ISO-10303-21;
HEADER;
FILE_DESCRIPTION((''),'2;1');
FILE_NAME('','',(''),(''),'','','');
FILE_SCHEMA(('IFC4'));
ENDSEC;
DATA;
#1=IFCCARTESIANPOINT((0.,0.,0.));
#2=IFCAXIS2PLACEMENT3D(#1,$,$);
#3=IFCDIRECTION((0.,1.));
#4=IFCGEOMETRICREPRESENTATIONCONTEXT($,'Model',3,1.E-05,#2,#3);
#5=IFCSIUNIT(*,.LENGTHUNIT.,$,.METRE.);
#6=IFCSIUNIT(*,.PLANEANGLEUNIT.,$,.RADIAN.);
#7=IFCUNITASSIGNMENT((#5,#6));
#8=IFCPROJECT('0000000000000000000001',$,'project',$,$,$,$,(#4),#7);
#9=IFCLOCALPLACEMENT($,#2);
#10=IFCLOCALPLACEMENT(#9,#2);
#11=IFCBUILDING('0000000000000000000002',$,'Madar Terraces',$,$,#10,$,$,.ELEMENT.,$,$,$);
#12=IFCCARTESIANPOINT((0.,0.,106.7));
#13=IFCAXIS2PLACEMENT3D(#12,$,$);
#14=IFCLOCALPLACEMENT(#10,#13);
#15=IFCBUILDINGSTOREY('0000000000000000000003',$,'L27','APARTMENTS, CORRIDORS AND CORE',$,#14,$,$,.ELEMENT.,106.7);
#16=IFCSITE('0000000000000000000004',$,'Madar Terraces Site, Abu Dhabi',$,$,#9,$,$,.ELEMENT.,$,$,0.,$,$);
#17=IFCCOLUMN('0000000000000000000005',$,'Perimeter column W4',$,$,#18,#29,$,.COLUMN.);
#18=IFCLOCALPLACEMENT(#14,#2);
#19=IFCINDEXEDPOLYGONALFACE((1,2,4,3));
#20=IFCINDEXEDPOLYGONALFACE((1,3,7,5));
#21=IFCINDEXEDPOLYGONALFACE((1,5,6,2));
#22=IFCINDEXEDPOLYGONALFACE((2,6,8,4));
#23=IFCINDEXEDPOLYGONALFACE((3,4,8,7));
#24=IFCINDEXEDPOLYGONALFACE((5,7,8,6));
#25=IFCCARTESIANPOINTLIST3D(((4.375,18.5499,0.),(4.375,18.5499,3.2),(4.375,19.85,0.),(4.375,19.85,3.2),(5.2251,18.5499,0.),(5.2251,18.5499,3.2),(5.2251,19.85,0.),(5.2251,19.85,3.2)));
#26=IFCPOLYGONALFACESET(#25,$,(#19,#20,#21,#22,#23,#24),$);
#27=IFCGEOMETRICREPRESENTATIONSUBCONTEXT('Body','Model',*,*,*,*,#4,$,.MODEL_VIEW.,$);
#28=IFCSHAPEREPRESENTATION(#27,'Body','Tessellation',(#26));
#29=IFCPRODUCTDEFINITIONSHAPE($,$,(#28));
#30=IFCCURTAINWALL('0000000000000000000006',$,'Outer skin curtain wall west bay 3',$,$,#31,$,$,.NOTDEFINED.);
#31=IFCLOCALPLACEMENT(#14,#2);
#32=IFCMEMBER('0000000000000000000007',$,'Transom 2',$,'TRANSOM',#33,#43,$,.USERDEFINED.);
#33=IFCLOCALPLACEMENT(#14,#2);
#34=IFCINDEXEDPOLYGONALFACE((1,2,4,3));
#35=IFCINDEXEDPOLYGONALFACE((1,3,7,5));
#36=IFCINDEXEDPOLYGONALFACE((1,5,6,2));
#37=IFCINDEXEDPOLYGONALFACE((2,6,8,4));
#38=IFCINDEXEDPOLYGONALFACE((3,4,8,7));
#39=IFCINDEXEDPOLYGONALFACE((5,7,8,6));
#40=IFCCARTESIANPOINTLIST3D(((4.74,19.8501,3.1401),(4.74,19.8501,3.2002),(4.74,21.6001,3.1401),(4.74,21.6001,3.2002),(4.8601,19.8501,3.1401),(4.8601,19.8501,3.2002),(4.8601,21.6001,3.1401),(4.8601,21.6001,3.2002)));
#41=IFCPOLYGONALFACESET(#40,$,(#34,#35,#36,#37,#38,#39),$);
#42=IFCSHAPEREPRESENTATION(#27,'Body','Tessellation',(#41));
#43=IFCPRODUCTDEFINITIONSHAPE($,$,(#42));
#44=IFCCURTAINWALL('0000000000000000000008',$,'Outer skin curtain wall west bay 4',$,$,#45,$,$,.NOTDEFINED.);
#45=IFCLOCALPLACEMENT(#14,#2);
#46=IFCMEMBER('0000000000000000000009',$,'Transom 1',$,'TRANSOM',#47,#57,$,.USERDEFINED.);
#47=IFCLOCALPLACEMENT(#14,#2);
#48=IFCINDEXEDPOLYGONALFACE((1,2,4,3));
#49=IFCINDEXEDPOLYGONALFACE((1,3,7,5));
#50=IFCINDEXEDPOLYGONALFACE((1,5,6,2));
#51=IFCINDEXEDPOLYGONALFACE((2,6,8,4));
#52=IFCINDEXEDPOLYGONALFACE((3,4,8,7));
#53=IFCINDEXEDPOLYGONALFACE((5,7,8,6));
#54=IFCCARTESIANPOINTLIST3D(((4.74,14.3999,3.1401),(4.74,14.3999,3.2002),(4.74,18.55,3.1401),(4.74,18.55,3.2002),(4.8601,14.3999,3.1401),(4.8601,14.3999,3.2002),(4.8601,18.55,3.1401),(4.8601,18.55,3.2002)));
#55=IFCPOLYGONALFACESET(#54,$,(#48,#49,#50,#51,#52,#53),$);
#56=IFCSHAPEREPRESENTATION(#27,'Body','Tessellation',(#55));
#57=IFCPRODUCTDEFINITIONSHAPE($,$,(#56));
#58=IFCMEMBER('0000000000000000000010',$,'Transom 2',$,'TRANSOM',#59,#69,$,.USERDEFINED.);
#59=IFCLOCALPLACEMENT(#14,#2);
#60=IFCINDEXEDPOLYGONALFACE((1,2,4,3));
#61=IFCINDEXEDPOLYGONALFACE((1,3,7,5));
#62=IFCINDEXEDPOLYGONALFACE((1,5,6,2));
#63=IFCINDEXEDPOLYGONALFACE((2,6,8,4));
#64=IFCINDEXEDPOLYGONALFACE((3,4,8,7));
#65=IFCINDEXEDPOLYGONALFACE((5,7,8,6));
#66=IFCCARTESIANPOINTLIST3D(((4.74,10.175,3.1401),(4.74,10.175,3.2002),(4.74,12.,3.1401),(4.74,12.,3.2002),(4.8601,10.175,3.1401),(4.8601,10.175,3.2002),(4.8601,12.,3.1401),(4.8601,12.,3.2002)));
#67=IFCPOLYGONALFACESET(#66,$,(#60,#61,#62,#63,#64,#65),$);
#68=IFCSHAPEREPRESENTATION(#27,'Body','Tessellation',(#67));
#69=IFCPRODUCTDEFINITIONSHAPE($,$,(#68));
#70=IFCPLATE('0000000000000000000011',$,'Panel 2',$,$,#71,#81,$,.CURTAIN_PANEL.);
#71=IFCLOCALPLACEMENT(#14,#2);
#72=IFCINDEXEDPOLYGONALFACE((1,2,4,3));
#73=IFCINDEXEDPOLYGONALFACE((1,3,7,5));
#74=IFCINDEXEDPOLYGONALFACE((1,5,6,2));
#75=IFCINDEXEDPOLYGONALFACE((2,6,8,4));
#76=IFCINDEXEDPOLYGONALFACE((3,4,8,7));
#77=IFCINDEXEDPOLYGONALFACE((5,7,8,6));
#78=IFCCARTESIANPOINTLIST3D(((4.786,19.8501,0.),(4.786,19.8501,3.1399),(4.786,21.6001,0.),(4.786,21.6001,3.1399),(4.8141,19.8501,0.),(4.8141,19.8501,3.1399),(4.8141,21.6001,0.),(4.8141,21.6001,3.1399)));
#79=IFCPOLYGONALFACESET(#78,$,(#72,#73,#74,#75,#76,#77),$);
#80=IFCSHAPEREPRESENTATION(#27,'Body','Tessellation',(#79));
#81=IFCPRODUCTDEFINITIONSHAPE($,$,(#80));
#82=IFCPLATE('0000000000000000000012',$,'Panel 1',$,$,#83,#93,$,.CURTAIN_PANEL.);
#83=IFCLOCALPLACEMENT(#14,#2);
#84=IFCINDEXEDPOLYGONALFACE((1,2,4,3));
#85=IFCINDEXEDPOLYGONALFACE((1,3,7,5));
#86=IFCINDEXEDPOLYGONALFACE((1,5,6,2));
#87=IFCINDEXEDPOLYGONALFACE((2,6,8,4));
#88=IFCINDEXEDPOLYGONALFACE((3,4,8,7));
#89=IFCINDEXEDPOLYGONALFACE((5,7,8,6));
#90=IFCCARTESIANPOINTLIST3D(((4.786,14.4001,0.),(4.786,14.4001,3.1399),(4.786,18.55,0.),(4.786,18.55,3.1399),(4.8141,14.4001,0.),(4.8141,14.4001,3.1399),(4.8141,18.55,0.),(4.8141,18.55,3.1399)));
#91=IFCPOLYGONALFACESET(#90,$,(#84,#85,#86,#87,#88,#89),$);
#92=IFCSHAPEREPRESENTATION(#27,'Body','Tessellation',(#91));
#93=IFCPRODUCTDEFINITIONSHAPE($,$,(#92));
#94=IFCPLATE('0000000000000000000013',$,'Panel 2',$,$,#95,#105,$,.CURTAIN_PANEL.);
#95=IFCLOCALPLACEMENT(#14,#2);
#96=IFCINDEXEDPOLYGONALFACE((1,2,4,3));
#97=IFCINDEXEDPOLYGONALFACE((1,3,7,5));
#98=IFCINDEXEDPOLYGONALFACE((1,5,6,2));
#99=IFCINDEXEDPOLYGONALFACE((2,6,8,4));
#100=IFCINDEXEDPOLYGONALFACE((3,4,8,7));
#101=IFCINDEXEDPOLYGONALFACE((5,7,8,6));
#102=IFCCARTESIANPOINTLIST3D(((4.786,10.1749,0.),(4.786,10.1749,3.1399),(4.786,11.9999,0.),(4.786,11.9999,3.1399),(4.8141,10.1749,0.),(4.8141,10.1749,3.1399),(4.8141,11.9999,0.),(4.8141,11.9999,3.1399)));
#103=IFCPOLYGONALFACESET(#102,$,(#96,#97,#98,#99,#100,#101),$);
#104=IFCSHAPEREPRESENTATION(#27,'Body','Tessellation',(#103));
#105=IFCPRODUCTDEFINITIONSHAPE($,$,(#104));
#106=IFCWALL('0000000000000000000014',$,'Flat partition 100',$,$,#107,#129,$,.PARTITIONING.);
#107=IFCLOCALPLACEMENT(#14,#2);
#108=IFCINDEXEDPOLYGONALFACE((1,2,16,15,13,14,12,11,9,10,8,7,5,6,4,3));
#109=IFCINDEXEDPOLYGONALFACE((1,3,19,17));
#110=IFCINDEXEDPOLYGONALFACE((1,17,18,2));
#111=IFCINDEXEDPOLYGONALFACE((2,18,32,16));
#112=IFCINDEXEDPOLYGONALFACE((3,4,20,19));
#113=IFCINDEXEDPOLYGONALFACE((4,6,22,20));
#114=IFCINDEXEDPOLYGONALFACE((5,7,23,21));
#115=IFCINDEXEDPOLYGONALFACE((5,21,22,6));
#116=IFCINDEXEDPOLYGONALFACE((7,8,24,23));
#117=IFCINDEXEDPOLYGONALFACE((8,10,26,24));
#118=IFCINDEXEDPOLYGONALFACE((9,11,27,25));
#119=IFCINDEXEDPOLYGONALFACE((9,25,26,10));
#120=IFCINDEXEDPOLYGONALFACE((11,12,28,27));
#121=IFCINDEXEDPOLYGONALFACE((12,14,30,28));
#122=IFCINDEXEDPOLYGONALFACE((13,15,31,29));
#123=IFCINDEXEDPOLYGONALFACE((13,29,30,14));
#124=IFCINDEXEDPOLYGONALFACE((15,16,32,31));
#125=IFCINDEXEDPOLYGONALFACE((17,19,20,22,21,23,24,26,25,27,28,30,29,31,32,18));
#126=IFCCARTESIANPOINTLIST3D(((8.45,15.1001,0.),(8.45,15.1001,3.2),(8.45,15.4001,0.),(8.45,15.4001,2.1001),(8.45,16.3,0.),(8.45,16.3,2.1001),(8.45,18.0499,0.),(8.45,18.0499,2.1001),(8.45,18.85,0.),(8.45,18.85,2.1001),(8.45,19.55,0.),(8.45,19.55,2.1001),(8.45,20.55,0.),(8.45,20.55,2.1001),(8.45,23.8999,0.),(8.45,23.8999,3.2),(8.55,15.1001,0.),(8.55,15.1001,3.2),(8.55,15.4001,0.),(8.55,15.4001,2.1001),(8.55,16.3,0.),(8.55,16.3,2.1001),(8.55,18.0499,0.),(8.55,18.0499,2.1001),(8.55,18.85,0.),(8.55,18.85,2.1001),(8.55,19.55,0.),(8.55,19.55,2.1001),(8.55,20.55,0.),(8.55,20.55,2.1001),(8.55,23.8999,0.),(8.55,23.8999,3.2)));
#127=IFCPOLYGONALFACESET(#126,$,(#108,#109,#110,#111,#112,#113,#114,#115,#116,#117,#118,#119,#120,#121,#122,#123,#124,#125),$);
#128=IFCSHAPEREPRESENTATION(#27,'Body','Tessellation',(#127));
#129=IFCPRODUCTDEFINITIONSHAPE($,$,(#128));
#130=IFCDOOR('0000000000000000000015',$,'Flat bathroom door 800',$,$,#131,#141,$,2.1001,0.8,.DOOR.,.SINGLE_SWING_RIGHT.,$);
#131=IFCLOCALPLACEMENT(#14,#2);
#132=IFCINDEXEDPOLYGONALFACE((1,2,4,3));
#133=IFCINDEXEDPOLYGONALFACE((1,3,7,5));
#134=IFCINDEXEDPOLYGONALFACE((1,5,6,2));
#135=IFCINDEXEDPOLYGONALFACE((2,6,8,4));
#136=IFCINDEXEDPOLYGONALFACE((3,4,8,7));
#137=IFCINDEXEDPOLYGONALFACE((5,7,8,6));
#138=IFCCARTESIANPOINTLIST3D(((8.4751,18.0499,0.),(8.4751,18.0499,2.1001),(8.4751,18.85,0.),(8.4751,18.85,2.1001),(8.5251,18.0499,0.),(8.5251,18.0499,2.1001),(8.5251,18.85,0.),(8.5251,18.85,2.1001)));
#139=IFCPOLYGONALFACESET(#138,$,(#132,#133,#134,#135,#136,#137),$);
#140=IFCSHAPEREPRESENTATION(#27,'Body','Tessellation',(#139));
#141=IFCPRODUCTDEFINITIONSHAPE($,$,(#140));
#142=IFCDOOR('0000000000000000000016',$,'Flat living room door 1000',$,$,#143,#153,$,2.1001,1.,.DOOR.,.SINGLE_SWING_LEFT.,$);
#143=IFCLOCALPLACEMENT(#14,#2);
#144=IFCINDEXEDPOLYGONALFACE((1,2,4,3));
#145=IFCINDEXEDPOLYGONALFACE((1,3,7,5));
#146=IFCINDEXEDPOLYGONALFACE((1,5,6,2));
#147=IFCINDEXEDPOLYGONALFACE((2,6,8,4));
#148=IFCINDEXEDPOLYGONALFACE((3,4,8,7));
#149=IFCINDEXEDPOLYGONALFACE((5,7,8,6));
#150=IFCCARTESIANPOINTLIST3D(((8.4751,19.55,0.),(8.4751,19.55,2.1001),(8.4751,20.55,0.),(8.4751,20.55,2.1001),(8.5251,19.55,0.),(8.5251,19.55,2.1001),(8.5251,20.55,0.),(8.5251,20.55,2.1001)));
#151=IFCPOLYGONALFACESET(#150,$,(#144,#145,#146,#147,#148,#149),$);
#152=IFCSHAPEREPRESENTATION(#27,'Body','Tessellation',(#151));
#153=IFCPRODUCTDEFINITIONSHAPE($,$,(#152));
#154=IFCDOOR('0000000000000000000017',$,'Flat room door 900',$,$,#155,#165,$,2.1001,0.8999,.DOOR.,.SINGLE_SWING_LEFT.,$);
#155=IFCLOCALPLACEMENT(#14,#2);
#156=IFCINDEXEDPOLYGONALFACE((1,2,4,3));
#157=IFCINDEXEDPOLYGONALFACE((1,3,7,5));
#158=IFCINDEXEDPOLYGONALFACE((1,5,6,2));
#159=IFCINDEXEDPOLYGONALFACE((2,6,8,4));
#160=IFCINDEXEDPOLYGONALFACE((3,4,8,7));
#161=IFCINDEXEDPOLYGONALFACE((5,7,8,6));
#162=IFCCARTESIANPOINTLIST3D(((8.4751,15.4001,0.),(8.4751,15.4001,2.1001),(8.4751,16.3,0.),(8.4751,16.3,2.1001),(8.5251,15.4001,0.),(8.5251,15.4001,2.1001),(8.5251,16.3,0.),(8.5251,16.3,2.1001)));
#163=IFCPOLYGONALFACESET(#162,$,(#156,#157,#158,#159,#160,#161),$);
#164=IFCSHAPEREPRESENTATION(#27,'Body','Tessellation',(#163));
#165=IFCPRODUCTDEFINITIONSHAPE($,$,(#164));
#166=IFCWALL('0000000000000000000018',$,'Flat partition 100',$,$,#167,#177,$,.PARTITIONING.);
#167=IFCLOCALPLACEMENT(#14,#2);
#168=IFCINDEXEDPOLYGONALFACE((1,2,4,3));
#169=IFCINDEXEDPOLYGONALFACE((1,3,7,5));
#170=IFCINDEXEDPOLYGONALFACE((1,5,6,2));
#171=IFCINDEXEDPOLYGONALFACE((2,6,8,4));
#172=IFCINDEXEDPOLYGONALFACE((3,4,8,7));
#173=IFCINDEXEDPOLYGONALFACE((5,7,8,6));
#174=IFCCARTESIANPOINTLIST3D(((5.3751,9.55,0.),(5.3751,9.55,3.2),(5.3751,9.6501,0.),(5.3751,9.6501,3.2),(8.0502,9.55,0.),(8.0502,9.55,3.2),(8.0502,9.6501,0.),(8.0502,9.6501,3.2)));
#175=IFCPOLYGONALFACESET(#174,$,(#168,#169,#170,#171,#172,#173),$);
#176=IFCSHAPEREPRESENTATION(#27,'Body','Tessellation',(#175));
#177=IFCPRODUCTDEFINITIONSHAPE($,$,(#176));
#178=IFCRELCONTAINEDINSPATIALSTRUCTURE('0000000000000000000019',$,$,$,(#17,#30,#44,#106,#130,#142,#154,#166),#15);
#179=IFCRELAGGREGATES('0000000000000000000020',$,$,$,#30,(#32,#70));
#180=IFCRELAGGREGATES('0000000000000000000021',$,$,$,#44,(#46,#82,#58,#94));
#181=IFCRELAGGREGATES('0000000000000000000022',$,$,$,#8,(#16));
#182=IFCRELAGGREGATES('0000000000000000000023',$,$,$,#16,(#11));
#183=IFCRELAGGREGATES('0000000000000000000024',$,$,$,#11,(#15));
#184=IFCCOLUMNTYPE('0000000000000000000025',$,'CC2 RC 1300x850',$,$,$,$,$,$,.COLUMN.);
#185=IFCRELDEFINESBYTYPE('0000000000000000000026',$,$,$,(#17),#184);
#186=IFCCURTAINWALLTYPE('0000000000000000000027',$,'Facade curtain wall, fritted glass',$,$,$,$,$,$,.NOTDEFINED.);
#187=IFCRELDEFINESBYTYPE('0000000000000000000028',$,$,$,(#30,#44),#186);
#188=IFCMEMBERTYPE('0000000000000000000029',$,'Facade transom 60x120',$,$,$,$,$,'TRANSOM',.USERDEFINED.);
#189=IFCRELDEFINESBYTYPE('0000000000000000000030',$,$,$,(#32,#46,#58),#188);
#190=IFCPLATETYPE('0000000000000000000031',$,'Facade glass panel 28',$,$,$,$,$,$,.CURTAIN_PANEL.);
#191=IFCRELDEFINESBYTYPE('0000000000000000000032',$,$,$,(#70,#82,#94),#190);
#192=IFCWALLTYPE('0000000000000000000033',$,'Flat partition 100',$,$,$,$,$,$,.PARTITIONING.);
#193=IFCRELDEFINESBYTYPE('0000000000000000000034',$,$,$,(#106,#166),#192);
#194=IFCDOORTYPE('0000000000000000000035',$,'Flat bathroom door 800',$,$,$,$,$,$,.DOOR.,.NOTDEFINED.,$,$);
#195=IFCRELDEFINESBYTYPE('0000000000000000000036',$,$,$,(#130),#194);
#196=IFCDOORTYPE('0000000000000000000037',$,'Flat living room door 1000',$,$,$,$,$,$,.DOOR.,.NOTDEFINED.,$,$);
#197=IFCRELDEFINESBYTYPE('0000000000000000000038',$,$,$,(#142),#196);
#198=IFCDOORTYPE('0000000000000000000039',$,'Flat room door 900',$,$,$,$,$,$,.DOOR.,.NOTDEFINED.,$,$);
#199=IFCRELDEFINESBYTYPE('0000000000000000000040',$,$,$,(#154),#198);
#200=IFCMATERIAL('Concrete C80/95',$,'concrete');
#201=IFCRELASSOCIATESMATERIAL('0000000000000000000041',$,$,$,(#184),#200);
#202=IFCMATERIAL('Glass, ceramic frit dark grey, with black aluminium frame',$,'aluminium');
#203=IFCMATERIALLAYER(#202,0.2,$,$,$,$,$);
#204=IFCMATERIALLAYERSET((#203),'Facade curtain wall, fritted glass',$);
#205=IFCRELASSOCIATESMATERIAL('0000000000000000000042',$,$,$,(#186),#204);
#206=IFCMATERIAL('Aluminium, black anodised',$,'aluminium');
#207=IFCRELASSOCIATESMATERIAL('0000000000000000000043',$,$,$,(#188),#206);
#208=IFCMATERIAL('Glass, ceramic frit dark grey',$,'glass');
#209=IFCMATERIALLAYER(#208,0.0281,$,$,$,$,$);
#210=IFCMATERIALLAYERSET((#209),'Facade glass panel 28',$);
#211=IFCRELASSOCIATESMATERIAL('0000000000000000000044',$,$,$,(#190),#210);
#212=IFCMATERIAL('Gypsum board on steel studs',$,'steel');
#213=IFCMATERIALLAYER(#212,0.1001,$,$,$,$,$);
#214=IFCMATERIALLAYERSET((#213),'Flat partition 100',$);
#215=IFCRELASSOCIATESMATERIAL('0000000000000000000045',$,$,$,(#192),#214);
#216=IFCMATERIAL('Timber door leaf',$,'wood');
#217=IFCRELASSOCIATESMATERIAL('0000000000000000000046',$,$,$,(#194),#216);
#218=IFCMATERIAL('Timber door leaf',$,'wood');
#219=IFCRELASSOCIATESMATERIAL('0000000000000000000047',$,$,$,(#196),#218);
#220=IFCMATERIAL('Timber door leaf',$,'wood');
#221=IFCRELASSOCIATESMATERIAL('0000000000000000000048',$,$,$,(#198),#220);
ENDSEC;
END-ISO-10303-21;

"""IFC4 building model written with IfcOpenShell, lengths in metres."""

from ifc_helpers import new_model, si_unit, direction, frame, frame_2d, origin, origin_2d, place, context, subcontext, project, spatial, rectangle, extrude, material, layer, layer_set, material_profile, profile_set, type_object, element, fill, aggregate, save


model = new_model("IFC4")

# Units and contexts
model_context = context("Model", 3, precision=1e-05, world=origin(), true_north=direction((0.0, 1.0)))
body_context = subcontext(model_context, "Body", "Model", "MODEL_VIEW")
ifc_project = project(units=[si_unit("LENGTHUNIT", "METRE"), si_unit("PLANEANGLEUNIT", "RADIAN")], contexts=[model_context])

# Site, building, storey
site_placement = place(None, origin())
site = spatial("IfcSite", under=ifc_project, at=site_placement, Name="Madar Terraces Site, Abu Dhabi", CompositionType="ELEMENT", RefElevation=0.0)
building_placement = place(site_placement, origin())
building = spatial("IfcBuilding", under=site, at=building_placement, Name="Madar Terraces", CompositionType="ELEMENT")
storey_placement = place(building_placement, frame((0.0, 0.0, 106.7)))
storey = spatial("IfcBuildingStorey", under=building, at=storey_placement, Name="L27", Description="APARTMENTS, CORRIDORS AND CORE", CompositionType="ELEMENT", Elevation=106.7)

# Column
ifc_material_1 = material(Name="Concrete C80/95", Category="concrete")
ifc_material_profile_1 = material_profile(ifc_material_1, rectangle(XDim=1.3, YDim=0.8501, at=origin_2d()), Name="CC2 RC 1300x850")
ifc_profile_set_1 = profile_set([ifc_material_profile_1], Name="Concrete C80/95")
column_type = type_object("IfcColumnType", Name="CC2 RC 1300x850", PredefinedType="COLUMN", material=ifc_profile_set_1)
column_placement = place(storey_placement, frame((4.8, 19.2, 0.0), z_axis=(0.0, 0.0, 1.0), x_axis=(0.0, 1.0, 0.0)))
element("IfcColumn", 1, at=column_placement, inside=storey, type_object=column_type, Name="Perimeter column W4", PredefinedType="COLUMN", context=body_context, shape_type="SweptSolid", body=[
    extrude(rectangle(XDim=1.3, YDim=0.8501, at=origin_2d()), origin(), (0.0, 0.0, 1.0), 3.2),
])

# Curtain wall, member
ifc_material_2 = material(Name="Glass, ceramic frit dark grey, with black aluminium frame", Category="aluminium")
ifc_layer_1 = layer(ifc_material_2, 0.2)
ifc_layer_set_1 = layer_set([ifc_layer_1], Name="Facade curtain wall, fritted glass")
curtain_wall_type = type_object("IfcCurtainWallType", Name="Facade curtain wall, fritted glass", PredefinedType="NOTDEFINED", material=ifc_layer_set_1)
curtain_wall_1_placement = place(storey_placement, origin())
curtain_wall_1 = element("IfcCurtainWall", 2, at=curtain_wall_1_placement, inside=storey, type_object=curtain_wall_type, Name="Outer skin curtain wall west bay 3", PredefinedType="NOTDEFINED")
ifc_material_3 = material(Name="Aluminium, black anodised", Category="aluminium")
ifc_material_profile_2 = material_profile(ifc_material_3, rectangle(XDim=0.1201, YDim=0.0601, at=origin_2d()), Name="Facade transom 60x120")
ifc_profile_set_2 = profile_set([ifc_material_profile_2], Name="Aluminium, black anodised")
member_type = type_object("IfcMemberType", Name="Facade transom 60x120", ElementType="TRANSOM", PredefinedType="USERDEFINED", material=ifc_profile_set_2)
member_1_placement = place(storey_placement, frame((4.8, 21.6001, 3.1702), z_axis=(0.0, -1.0, 0.0), x_axis=(1.0, 0.0, 0.0)))
member_1 = element("IfcMember", 3, at=member_1_placement, type_object=member_type, Name="Transom 2", ObjectType="TRANSOM", PredefinedType="USERDEFINED", context=body_context, shape_type="SweptSolid", body=[
    extrude(rectangle(XDim=0.1201, YDim=0.0601, at=origin_2d()), origin(), (0.0, 0.0, 1.0), 1.75),
])

# Curtain wall, members
curtain_wall_2_placement = place(storey_placement, origin())
curtain_wall_2 = element("IfcCurtainWall", 4, at=curtain_wall_2_placement, inside=storey, type_object=curtain_wall_type, Name="Outer skin curtain wall west bay 4", PredefinedType="NOTDEFINED")
member_2_placement = place(storey_placement, frame((4.8, 18.55, 3.1702), z_axis=(0.0, -1.0, 0.0), x_axis=(1.0, 0.0, 0.0)))
member_2 = element("IfcMember", 5, at=member_2_placement, type_object=member_type, Name="Transom 1", ObjectType="TRANSOM", PredefinedType="USERDEFINED", context=body_context, shape_type="SweptSolid", body=[
    extrude(rectangle(XDim=0.1201, YDim=0.0601, at=origin_2d()), origin(), (0.0, 0.0, 1.0), 4.1501),
])
member_3_placement = place(storey_placement, frame((4.8, 12.0, 3.1702), z_axis=(0.0, -1.0, 0.0), x_axis=(1.0, 0.0, 0.0)))
member_3 = element("IfcMember", 6, at=member_3_placement, type_object=member_type, Name="Transom 2", ObjectType="TRANSOM", PredefinedType="USERDEFINED", context=body_context, shape_type="SweptSolid", body=[
    extrude(rectangle(XDim=0.1201, YDim=0.0601, at=origin_2d()), origin(), (0.0, 0.0, 1.0), 1.825),
])

# Plates
ifc_material_4 = material(Name="Glass, ceramic frit dark grey", Category="glass")
ifc_layer_2 = layer(ifc_material_4, 0.0281)
ifc_layer_set_2 = layer_set([ifc_layer_2], Name="Facade glass panel 28")
plate_type = type_object("IfcPlateType", Name="Facade glass panel 28", PredefinedType="CURTAIN_PANEL", material=ifc_layer_set_2)
plate_1_placement = place(storey_placement, frame((4.8, 20.7251, 0.0), z_axis=(0.0, 0.0, 1.0), x_axis=(0.0, -1.0, 0.0)))
plate_1 = element("IfcPlate", 7, at=plate_1_placement, type_object=plate_type, Name="Panel 2", PredefinedType="CURTAIN_PANEL", context=body_context, shape_type="SweptSolid", body=[
    extrude(rectangle(XDim=1.75, YDim=0.0281, at=origin_2d()), origin(), (0.0, 0.0, 1.0), 3.1399),
])
aggregate(curtain_wall_1, [member_1, plate_1])
plate_2_placement = place(storey_placement, frame((4.8, 16.4751, 0.0), z_axis=(0.0, 0.0, 1.0), x_axis=(0.0, -1.0, 0.0)))
plate_2 = element("IfcPlate", 8, at=plate_2_placement, type_object=plate_type, Name="Panel 1", PredefinedType="CURTAIN_PANEL", context=body_context, shape_type="SweptSolid", body=[
    extrude(rectangle(XDim=4.1499, YDim=0.0281, at=origin_2d()), origin(), (0.0, 0.0, 1.0), 3.1399),
])
plate_3_placement = place(storey_placement, frame((4.8, 11.0874, 0.0), z_axis=(0.0, 0.0, 1.0), x_axis=(0.0, -1.0, 0.0)))
plate_3 = element("IfcPlate", 9, at=plate_3_placement, type_object=plate_type, Name="Panel 2", PredefinedType="CURTAIN_PANEL", context=body_context, shape_type="SweptSolid", body=[
    extrude(rectangle(XDim=1.825, YDim=0.0281, at=origin_2d()), origin(), (0.0, 0.0, 1.0), 3.1399),
])
aggregate(curtain_wall_2, [member_2, plate_2, member_3, plate_3])

# Wall, openings, doors
ifc_material_5 = material(Name="Gypsum board on steel studs", Category="steel")
ifc_layer_3 = layer(ifc_material_5, 0.1001)
ifc_layer_set_3 = layer_set([ifc_layer_3], Name="Flat partition 100")
wall_type_1 = type_object("IfcWallType", Name="Flat partition 100", PredefinedType="PARTITIONING", material=ifc_layer_set_3)
wall_1_placement = place(storey_placement, frame((8.5, 15.1001, 0.0), z_axis=(0.0, 0.0, 1.0), x_axis=(0.0, 1.0, 0.0)))
wall_1 = element("IfcWall", 10, at=wall_1_placement, inside=storey, type_object=wall_type_1, Name="Flat partition 100", PredefinedType="PARTITIONING", context=body_context, shape_type="SweptSolid", body=[
    extrude(rectangle(XDim=8.7998, YDim=0.1001, at=frame_2d((4.3999, 0.0))), origin(), (0.0, 0.0, 1.0), 3.2),
])
opening_1_placement = place(wall_1_placement, frame((4.45, 0.0, 0.0)))
opening_1 = element("IfcOpeningElement", 11, at=opening_1_placement, cuts=wall_1, PredefinedType="OPENING", context=body_context, shape_type="SweptSolid", body=[
    extrude(rectangle(XDim=1.0, YDim=2.1001, at=frame_2d((0.5, 1.05))), frame((0.0, 0.0601, 0.0), z_axis=(0.0, -1.0, 0.0), x_axis=(1.0, 0.0, 0.0)), (0.0, 0.0, 1.0), 0.1201),
])
opening_2_placement = place(wall_1_placement, frame((2.95, 0.0, 0.0)))
opening_2 = element("IfcOpeningElement", 12, at=opening_2_placement, cuts=wall_1, PredefinedType="OPENING", context=body_context, shape_type="SweptSolid", body=[
    extrude(rectangle(XDim=0.8, YDim=2.1001, at=frame_2d((0.3999, 1.05))), frame((0.0, 0.0601, 0.0), z_axis=(0.0, -1.0, 0.0), x_axis=(1.0, 0.0, 0.0)), (0.0, 0.0, 1.0), 0.1201),
])
opening_3_placement = place(wall_1_placement, frame((0.3, 0.0, 0.0)))
opening_3 = element("IfcOpeningElement", 13, at=opening_3_placement, cuts=wall_1, PredefinedType="OPENING", context=body_context, shape_type="SweptSolid", body=[
    extrude(rectangle(XDim=0.8999, YDim=2.1001, at=frame_2d((0.45, 1.05))), frame((0.0, 0.0601, 0.0), z_axis=(0.0, -1.0, 0.0), x_axis=(1.0, 0.0, 0.0)), (0.0, 0.0, 1.0), 0.1201),
])
ifc_material_6 = material(Name="Timber door leaf", Category="wood")
door_type_1 = type_object("IfcDoorType", Name="Flat bathroom door 800", OperationType="NOTDEFINED", PredefinedType="DOOR", material=ifc_material_6)
door_1_placement = place(opening_2_placement, origin())
door_1 = element("IfcDoor", 14, at=door_1_placement, inside=storey, type_object=door_type_1, Name="Flat bathroom door 800", OperationType="SINGLE_SWING_RIGHT", OverallHeight=2.1001, OverallWidth=0.8, PredefinedType="DOOR", context=body_context, shape_type="SweptSolid", body=[
    extrude(rectangle(XDim=0.8, YDim=2.1001, at=frame_2d((0.3999, 1.05))), frame((0.0, 0.0249, 0.0), z_axis=(0.0, -1.0, 0.0), x_axis=(1.0, 0.0, 0.0)), (0.0, 0.0, 1.0), 0.05),
])
fill(opening_2, door_1)
ifc_material_7 = material(Name="Timber door leaf", Category="wood")
door_type_2 = type_object("IfcDoorType", Name="Flat living room door 1000", OperationType="NOTDEFINED", PredefinedType="DOOR", material=ifc_material_7)
door_2_placement = place(opening_1_placement, origin())
door_2 = element("IfcDoor", 15, at=door_2_placement, inside=storey, type_object=door_type_2, Name="Flat living room door 1000", OperationType="SINGLE_SWING_LEFT", OverallHeight=2.1001, OverallWidth=1.0, PredefinedType="DOOR", context=body_context, shape_type="SweptSolid", body=[
    extrude(rectangle(XDim=1.0, YDim=2.1001, at=frame_2d((0.5, 1.05))), frame((0.0, 0.0249, 0.0), z_axis=(0.0, -1.0, 0.0), x_axis=(1.0, 0.0, 0.0)), (0.0, 0.0, 1.0), 0.05),
])
fill(opening_1, door_2)
ifc_material_8 = material(Name="Timber door leaf", Category="wood")
door_type_3 = type_object("IfcDoorType", Name="Flat room door 900", OperationType="NOTDEFINED", PredefinedType="DOOR", material=ifc_material_8)
door_3_placement = place(opening_3_placement, origin())
door_3 = element("IfcDoor", 16, at=door_3_placement, inside=storey, type_object=door_type_3, Name="Flat room door 900", OperationType="SINGLE_SWING_LEFT", OverallHeight=2.1001, OverallWidth=0.8999, PredefinedType="DOOR", context=body_context, shape_type="SweptSolid", body=[
    extrude(rectangle(XDim=0.8999, YDim=2.1001, at=frame_2d((0.45, 1.05))), frame((0.0, 0.0249, 0.0), z_axis=(0.0, -1.0, 0.0), x_axis=(1.0, 0.0, 0.0)), (0.0, 0.0, 1.0), 0.05),
])
fill(opening_3, door_3)

# Wall
wall_2_placement = place(storey_placement, frame((8.05, 9.6001, 0.0), z_axis=(0.0, 0.0, 1.0), x_axis=(-1.0, 0.0, 0.0)))
element("IfcWall", 17, at=wall_2_placement, inside=storey, type_object=wall_type_1, Name="Flat partition 100", PredefinedType="PARTITIONING", context=body_context, shape_type="SweptSolid", body=[
    extrude(rectangle(XDim=2.675, YDim=0.1001, at=frame_2d((1.3374, 0.0))), origin(), (0.0, 0.0, 1.0), 3.2),
])

save(model, "model.ifc")
